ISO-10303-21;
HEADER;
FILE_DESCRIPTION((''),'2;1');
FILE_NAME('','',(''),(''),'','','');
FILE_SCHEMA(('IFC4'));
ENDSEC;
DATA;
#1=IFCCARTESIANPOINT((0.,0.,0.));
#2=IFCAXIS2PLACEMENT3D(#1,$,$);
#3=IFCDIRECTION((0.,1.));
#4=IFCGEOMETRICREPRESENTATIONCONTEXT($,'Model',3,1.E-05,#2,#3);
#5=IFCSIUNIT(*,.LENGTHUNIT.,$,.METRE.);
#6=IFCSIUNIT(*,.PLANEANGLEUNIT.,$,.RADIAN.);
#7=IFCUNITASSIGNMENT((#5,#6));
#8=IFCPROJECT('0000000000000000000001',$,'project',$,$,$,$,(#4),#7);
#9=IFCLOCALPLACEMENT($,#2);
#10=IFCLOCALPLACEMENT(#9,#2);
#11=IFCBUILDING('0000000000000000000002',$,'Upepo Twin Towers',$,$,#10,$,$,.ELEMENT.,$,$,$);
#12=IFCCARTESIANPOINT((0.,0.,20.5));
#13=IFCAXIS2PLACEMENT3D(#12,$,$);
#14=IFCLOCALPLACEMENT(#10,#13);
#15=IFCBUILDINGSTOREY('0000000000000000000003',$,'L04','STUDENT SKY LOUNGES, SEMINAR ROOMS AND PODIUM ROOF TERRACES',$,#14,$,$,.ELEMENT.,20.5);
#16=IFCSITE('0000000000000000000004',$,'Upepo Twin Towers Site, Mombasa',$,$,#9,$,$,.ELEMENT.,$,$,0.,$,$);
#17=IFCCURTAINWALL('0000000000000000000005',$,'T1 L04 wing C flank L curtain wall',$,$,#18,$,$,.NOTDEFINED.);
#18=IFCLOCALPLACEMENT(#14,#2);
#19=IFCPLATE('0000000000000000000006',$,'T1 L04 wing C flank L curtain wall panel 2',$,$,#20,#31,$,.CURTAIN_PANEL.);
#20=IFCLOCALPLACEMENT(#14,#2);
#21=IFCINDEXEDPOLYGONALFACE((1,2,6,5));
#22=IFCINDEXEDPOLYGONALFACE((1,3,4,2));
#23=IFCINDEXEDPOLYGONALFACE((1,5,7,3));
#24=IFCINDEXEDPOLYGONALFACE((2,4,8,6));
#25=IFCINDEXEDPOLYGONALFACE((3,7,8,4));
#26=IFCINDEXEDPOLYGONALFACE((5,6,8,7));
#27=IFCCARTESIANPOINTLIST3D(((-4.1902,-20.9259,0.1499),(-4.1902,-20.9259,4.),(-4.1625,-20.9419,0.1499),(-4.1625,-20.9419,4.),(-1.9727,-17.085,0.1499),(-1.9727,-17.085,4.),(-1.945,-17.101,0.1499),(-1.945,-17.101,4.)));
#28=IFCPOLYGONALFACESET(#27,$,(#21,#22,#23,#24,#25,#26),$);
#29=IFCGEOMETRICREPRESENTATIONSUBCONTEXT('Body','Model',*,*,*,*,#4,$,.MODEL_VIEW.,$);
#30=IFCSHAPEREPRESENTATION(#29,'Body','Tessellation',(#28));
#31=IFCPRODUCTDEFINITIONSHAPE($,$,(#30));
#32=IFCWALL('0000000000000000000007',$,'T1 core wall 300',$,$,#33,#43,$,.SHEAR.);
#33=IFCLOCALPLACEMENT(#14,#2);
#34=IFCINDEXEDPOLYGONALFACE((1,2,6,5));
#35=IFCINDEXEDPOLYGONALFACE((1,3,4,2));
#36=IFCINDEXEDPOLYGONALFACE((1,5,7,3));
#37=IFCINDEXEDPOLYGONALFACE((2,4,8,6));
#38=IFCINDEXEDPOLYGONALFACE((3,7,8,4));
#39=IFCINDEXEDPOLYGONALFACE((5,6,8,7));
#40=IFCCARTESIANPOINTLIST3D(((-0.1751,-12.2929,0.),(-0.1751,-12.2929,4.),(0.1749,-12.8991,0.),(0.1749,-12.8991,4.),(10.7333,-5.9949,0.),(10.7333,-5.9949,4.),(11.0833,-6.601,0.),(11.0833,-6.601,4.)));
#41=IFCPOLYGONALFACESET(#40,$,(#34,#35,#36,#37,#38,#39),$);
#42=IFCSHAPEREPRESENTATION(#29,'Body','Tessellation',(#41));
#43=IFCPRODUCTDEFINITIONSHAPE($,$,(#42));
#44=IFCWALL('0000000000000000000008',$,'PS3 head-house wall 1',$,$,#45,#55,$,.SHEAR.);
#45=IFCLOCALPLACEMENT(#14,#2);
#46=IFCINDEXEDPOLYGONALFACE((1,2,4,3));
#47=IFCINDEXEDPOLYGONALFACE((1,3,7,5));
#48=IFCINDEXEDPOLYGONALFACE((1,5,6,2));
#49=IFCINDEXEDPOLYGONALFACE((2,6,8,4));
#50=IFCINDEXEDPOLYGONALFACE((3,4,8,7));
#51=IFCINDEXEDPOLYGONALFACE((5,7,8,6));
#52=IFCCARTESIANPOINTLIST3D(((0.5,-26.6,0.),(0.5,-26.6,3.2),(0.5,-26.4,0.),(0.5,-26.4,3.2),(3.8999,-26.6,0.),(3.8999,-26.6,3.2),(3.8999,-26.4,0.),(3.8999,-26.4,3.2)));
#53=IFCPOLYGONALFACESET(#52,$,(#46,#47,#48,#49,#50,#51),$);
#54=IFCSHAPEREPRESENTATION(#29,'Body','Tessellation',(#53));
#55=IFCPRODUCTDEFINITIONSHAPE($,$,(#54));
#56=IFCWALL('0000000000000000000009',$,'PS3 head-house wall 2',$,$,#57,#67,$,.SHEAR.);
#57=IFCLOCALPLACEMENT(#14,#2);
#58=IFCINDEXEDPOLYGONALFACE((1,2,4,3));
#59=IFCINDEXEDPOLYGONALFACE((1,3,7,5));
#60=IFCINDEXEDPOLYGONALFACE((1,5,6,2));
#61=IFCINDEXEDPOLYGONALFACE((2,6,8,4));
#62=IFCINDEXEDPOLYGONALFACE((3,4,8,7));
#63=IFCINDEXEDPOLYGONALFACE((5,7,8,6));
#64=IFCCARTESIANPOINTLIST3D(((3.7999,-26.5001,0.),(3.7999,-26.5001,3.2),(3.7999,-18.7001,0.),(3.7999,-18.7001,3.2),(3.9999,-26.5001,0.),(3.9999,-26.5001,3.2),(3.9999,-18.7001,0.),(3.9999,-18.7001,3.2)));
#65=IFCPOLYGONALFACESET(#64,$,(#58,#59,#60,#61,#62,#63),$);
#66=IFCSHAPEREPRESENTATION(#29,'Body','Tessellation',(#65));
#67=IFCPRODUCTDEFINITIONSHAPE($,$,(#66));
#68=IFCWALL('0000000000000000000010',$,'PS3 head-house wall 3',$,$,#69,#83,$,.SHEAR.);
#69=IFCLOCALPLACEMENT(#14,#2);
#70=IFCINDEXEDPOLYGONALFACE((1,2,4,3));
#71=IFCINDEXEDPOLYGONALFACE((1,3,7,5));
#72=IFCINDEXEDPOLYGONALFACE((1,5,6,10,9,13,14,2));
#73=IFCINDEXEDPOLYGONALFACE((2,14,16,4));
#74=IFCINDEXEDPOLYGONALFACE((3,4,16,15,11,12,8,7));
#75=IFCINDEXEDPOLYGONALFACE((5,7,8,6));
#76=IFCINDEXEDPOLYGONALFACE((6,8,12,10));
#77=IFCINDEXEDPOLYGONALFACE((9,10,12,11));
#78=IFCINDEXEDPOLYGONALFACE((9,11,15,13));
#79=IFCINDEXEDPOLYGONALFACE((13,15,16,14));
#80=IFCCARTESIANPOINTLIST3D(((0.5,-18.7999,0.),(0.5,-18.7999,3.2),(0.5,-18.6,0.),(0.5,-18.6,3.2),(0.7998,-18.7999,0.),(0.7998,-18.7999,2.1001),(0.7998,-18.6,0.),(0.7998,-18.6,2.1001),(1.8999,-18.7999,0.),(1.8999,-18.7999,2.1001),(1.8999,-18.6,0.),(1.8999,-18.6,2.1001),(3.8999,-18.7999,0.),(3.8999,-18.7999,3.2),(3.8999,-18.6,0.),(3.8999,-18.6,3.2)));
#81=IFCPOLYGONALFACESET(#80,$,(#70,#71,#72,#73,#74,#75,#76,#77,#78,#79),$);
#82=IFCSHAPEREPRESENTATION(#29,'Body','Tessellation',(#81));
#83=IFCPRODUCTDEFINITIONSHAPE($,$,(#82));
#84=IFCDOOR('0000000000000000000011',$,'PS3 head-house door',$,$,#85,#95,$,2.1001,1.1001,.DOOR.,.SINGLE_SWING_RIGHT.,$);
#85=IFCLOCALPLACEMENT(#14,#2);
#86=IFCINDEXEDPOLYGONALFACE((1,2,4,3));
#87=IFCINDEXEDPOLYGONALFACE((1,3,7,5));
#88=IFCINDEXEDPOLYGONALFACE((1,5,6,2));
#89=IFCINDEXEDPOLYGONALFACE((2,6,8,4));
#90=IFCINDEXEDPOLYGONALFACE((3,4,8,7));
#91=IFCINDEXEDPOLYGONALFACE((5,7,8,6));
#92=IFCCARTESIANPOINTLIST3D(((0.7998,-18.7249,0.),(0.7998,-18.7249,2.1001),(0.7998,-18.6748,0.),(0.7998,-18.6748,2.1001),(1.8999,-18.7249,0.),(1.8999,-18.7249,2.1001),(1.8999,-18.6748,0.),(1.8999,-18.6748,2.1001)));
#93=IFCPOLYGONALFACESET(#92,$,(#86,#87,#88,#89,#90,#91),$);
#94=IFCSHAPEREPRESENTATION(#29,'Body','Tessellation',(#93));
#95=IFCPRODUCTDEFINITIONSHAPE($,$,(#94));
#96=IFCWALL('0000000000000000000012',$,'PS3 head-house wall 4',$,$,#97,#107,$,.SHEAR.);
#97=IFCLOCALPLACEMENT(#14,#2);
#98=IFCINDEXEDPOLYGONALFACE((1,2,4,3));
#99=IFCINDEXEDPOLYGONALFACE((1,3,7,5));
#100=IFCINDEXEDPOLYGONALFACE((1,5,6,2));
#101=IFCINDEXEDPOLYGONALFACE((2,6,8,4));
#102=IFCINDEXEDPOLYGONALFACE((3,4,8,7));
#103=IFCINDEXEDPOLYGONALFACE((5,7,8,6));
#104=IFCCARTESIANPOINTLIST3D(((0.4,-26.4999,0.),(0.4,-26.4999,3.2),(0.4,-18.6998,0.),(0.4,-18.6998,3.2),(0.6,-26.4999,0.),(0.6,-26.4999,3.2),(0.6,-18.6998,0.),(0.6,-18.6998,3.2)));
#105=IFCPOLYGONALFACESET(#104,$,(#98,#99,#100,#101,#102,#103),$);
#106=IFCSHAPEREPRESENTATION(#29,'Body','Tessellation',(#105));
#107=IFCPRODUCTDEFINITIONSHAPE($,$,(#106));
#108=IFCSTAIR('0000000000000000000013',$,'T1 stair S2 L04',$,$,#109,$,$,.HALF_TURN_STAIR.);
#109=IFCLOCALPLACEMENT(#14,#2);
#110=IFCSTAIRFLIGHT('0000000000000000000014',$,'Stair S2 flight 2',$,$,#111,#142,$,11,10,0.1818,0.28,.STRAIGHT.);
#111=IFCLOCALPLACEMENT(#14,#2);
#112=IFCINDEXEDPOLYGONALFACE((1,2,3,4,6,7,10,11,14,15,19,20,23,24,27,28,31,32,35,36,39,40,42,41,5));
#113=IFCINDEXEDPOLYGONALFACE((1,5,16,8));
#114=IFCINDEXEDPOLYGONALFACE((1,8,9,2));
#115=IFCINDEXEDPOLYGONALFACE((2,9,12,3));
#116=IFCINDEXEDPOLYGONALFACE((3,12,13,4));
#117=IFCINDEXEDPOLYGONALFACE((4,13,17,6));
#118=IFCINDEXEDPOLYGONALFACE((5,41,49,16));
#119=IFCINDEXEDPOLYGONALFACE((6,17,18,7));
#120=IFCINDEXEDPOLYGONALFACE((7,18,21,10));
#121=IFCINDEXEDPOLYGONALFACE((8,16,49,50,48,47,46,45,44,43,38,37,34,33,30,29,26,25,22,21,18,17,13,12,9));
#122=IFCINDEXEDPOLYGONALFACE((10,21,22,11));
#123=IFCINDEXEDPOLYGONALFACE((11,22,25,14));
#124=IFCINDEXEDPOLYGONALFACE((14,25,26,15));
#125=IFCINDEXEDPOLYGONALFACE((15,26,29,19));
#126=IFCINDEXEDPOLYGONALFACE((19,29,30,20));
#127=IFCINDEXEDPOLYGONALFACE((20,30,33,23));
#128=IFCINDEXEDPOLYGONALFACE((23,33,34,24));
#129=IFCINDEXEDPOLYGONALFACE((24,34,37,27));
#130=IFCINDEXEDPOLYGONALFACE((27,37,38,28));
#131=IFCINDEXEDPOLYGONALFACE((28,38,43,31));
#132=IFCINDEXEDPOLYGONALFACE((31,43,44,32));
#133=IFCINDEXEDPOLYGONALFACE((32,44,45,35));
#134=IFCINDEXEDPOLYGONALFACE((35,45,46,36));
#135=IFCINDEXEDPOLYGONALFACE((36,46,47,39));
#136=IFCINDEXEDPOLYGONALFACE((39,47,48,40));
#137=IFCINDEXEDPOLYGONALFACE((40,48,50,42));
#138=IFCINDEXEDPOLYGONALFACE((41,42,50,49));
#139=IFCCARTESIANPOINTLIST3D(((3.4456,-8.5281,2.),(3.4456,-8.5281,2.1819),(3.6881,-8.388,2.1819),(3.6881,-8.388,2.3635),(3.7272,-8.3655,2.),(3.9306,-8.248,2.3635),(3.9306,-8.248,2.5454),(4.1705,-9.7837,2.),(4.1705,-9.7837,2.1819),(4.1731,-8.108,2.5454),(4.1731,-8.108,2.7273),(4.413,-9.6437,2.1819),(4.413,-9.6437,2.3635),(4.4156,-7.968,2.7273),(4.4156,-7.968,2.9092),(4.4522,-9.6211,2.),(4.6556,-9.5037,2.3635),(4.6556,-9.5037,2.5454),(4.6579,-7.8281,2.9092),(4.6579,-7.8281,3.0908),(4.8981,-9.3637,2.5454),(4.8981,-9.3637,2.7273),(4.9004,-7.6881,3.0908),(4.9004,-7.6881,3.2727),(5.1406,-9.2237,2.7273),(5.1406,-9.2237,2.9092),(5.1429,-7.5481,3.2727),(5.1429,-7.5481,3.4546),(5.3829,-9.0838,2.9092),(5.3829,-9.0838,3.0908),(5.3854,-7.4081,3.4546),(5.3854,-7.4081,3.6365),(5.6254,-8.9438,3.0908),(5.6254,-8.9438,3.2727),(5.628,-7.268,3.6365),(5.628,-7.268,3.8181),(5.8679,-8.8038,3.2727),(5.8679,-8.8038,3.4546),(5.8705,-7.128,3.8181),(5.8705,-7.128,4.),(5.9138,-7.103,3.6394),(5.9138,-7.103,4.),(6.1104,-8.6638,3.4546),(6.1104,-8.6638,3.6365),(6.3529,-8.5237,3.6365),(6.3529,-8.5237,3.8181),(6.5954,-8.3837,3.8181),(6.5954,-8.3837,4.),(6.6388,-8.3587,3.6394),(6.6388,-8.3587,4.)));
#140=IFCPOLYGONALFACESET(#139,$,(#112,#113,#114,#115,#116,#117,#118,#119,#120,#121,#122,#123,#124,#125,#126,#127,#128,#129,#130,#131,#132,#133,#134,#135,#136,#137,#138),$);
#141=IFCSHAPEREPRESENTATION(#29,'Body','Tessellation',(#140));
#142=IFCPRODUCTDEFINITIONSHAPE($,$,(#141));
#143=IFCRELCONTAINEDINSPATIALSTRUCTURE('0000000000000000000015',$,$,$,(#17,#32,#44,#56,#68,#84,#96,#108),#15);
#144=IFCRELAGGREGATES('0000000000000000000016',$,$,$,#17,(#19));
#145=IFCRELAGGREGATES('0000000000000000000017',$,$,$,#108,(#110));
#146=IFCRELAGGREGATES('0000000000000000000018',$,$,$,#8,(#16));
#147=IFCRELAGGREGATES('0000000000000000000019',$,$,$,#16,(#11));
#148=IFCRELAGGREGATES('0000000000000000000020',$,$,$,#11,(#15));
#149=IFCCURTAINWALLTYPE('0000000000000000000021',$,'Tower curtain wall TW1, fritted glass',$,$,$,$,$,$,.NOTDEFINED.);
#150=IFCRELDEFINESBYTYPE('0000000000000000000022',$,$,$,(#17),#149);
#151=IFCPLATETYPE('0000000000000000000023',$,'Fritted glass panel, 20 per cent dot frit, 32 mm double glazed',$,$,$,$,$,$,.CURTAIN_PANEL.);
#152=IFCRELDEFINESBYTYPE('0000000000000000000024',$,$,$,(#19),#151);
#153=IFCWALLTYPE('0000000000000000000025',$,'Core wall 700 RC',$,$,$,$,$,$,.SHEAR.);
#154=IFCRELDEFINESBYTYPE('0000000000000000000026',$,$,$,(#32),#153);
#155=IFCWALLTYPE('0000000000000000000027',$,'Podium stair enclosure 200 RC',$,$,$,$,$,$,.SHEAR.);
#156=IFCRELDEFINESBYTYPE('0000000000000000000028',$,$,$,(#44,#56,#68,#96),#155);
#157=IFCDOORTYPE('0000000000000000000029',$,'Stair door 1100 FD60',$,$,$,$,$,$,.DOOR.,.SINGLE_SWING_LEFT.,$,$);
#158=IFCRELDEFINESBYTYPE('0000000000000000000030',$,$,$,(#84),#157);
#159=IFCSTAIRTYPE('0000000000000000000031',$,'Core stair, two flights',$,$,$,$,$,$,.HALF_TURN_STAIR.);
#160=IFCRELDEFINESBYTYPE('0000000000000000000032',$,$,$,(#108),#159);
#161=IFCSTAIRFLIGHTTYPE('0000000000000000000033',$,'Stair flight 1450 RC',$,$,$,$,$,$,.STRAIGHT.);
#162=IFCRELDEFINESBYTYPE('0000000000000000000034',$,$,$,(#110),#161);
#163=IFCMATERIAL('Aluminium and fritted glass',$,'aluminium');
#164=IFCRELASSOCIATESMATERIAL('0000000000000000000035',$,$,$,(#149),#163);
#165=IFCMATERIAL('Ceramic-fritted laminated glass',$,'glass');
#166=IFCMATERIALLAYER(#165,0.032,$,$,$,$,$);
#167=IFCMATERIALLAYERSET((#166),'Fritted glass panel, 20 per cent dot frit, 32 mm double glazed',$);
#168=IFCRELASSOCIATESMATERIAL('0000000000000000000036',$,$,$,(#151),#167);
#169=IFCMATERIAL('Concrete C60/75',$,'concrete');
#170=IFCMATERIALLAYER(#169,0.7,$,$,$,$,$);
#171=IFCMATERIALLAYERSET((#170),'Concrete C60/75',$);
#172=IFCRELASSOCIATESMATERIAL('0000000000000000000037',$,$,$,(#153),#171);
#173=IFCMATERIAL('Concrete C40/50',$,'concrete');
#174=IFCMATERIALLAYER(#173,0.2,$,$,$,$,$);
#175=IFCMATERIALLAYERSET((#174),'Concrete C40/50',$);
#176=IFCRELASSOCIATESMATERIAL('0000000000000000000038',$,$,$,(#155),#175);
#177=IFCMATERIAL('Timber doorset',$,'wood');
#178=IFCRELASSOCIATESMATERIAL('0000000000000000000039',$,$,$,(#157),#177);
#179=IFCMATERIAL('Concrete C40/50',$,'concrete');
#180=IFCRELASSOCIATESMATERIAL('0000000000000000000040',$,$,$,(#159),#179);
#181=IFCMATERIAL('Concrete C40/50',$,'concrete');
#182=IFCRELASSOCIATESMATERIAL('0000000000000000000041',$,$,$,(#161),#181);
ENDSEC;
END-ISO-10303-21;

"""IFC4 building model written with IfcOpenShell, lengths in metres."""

from ifc_helpers import new_model, si_unit, direction, frame, frame_2d, origin, origin_2d, place, context, subcontext, project, spatial, polyline, rectangle, outline, extrude, material, layer, layer_set, type_object, element, fill, aggregate, save


model = new_model("IFC4")

# Units and contexts
model_context = context("Model", 3, precision=1e-05, world=origin(), true_north=direction((0.0, 1.0)))
body_context = subcontext(model_context, "Body", "Model", "MODEL_VIEW")
ifc_project = project(units=[si_unit("LENGTHUNIT", "METRE"), si_unit("PLANEANGLEUNIT", "RADIAN")], contexts=[model_context])

# Site, building, storey
site_placement = place(None, origin())
site = spatial("IfcSite", under=ifc_project, at=site_placement, Name="Upepo Twin Towers Site, Mombasa", CompositionType="ELEMENT", RefElevation=0.0)
building_placement = place(site_placement, origin())
building = spatial("IfcBuilding", under=site, at=building_placement, Name="Upepo Twin Towers", CompositionType="ELEMENT")
storey_placement = place(building_placement, frame((0.0, 0.0, 20.5)))
storey = spatial("IfcBuildingStorey", under=building, at=storey_placement, Name="L04", Description="STUDENT SKY LOUNGES, SEMINAR ROOMS AND PODIUM ROOF TERRACES", CompositionType="ELEMENT", Elevation=20.5)

# Curtain wall, plate
ifc_material_1 = material(Name="Aluminium and fritted glass", Category="aluminium")
curtain_wall_type = type_object("IfcCurtainWallType", Name="Tower curtain wall TW1, fritted glass", PredefinedType="NOTDEFINED", material=ifc_material_1)
curtain_wall_placement = place(storey_placement, origin())
curtain_wall = element("IfcCurtainWall", 1, at=curtain_wall_placement, inside=storey, type_object=curtain_wall_type, Name="T1 L04 wing C flank L curtain wall", PredefinedType="NOTDEFINED")
ifc_material_2 = material(Name="Ceramic-fritted laminated glass", Category="glass")
ifc_layer_1 = layer(ifc_material_2, 0.032)
ifc_layer_set_1 = layer_set([ifc_layer_1], Name="Fritted glass panel, 20 per cent dot frit, 32 mm double glazed")
plate_type = type_object("IfcPlateType", Name="Fritted glass panel, 20 per cent dot frit, 32 mm double glazed", PredefinedType="CURTAIN_PANEL", material=ifc_layer_set_1)
plate_1_placement = place(storey_placement, frame((-3.0676, -19.0134, 0.1499), z_axis=(0.0, 0.0, 1.0), x_axis=(-0.5, -0.866025, 0.0)))
plate_1 = element("IfcPlate", 2, at=plate_1_placement, type_object=plate_type, Name="T1 L04 wing C flank L curtain wall panel 2", PredefinedType="CURTAIN_PANEL", context=body_context, shape_type="SweptSolid", body=[
    extrude(rectangle(XDim=4.4351, YDim=0.032, at=origin_2d()), origin(), (0.0, 0.0, 1.0), 3.8501),
])
aggregate(curtain_wall, [plate_1])

# Walls
ifc_material_3 = material(Name="Concrete C60/75", Category="concrete")
ifc_layer_2 = layer(ifc_material_3, 0.7)
ifc_layer_set_2 = layer_set([ifc_layer_2], Name="Concrete C60/75")
wall_type_1 = type_object("IfcWallType", Name="Core wall 700 RC", PredefinedType="SHEAR", material=ifc_layer_set_2)
wall_1_placement = place(storey_placement, frame((0.0, -12.5959, 0.0), z_axis=(0.0, 0.0, 1.0), x_axis=(0.866022, 0.500006, 0.0)))
element("IfcWall", 3, at=wall_1_placement, inside=storey, type_object=wall_type_1, Name="T1 core wall 300", PredefinedType="SHEAR", context=body_context, shape_type="SweptSolid", body=[
    extrude(rectangle(XDim=12.5959, YDim=0.7, at=frame_2d((6.2979, 0.0))), origin(), (0.0, 0.0, 1.0), 4.0),
])
ifc_material_4 = material(Name="Concrete C40/50", Category="concrete")
ifc_layer_3 = layer(ifc_material_4, 0.2)
ifc_layer_set_3 = layer_set([ifc_layer_3], Name="Concrete C40/50")
wall_type_2 = type_object("IfcWallType", Name="Podium stair enclosure 200 RC", PredefinedType="SHEAR", material=ifc_layer_set_3)
wall_2_placement = place(storey_placement, frame((0.5, -26.5, 0.0), z_axis=(0.0, 0.0, 1.0), x_axis=(1.0, 0.0, 0.0)))
element("IfcWall", 4, at=wall_2_placement, inside=storey, type_object=wall_type_2, Name="PS3 head-house wall 1", PredefinedType="SHEAR", context=body_context, shape_type="SweptSolid", body=[
    extrude(rectangle(XDim=3.3999, YDim=0.2, at=frame_2d((1.7, 0.0))), origin(), (0.0, 0.0, 1.0), 3.2),
])
wall_3_placement = place(storey_placement, frame((3.8999, -26.5, 0.0), z_axis=(0.0, 0.0, 1.0), x_axis=(0.0, 1.0, 0.0)))
element("IfcWall", 5, at=wall_3_placement, inside=storey, type_object=wall_type_2, Name="PS3 head-house wall 2", PredefinedType="SHEAR", context=body_context, shape_type="SweptSolid", body=[
    extrude(rectangle(XDim=7.8, YDim=0.2, at=frame_2d((3.8999, 0.0))), origin(), (0.0, 0.0, 1.0), 3.2),
])

# Wall, opening, door
wall_4_placement = place(storey_placement, frame((3.8999, -18.7, 0.0), z_axis=(0.0, 0.0, 1.0), x_axis=(-1.0, 0.0, 0.0)))
wall_4 = element("IfcWall", 6, at=wall_4_placement, inside=storey, type_object=wall_type_2, Name="PS3 head-house wall 3", PredefinedType="SHEAR", context=body_context, shape_type="SweptSolid", body=[
    extrude(rectangle(XDim=3.3999, YDim=0.2, at=frame_2d((1.7, 0.0))), origin(), (0.0, 0.0, 1.0), 3.2),
])
opening_placement = place(wall_4_placement, frame((2.0, 0.0, 0.0)))
opening = element("IfcOpeningElement", 7, at=opening_placement, cuts=wall_4, PredefinedType="OPENING", context=body_context, shape_type="SweptSolid", body=[
    extrude(rectangle(XDim=1.1001, YDim=2.1001, at=frame_2d((0.55, 1.05))), frame((0.0, 0.1099, 0.0), z_axis=(0.0, -1.0, 0.0), x_axis=(1.0, 0.0, 0.0)), (0.0, 0.0, 1.0), 0.22),
])
ifc_material_5 = material(Name="Timber doorset", Category="wood")
door_type = type_object("IfcDoorType", Name="Stair door 1100 FD60", OperationType="SINGLE_SWING_LEFT", PredefinedType="DOOR", material=ifc_material_5)
door_placement = place(opening_placement, origin())
door = element("IfcDoor", 8, at=door_placement, inside=storey, type_object=door_type, Name="PS3 head-house door", OperationType="SINGLE_SWING_RIGHT", OverallHeight=2.1001, OverallWidth=1.1001, PredefinedType="DOOR", context=body_context, shape_type="SweptSolid", body=[
    extrude(rectangle(XDim=1.1001, YDim=2.1001, at=frame_2d((0.55, 1.05))), frame((0.0, 0.0249, 0.0), z_axis=(0.0, -1.0, 0.0), x_axis=(1.0, 0.0, 0.0)), (0.0, 0.0, 1.0), 0.05),
])
fill(opening, door)

# Wall
wall_5_placement = place(storey_placement, frame((0.5, -18.7, 0.0), z_axis=(0.0, 0.0, 1.0), x_axis=(0.0, -1.0, 0.0)))
element("IfcWall", 9, at=wall_5_placement, inside=storey, type_object=wall_type_2, Name="PS3 head-house wall 4", PredefinedType="SHEAR", context=body_context, shape_type="SweptSolid", body=[
    extrude(rectangle(XDim=7.8, YDim=0.2, at=frame_2d((3.8999, 0.0))), origin(), (0.0, 0.0, 1.0), 3.2),
])

# Stair, stair flight
ifc_material_6 = material(Name="Concrete C40/50", Category="concrete")
stair_type = type_object("IfcStairType", Name="Core stair, two flights", PredefinedType="HALF_TURN_STAIR", material=ifc_material_6)
stair_placement = place(storey_placement, origin())
stair = element("IfcStair", 10, at=stair_placement, inside=storey, type_object=stair_type, Name="T1 stair S2 L04", PredefinedType="HALF_TURN_STAIR")
ifc_material_7 = material(Name="Concrete C40/50", Category="concrete")
stair_flight_type = type_object("IfcStairFlightType", Name="Stair flight 1450 RC", PredefinedType="STRAIGHT", material=ifc_material_7)
stair_flight_placement = place(storey_placement, frame((3.8081, -9.156, 2.0), z_axis=(0.0, 0.0, 1.0), x_axis=(0.866025, 0.5, 0.0)))
stair_flight = element("IfcStairFlight", 11, at=stair_flight_placement, type_object=stair_flight_type, Name="Stair S2 flight 2", NumberOfRisers=11, NumberOfTreads=10, PredefinedType="STRAIGHT", RiserHeight=0.1818, TreadLength=0.28, context=body_context, shape_type="SweptSolid", body=[
    extrude(outline(polyline([(0.0, 0.0), (0.0, 0.1819), (0.28, 0.1819), (0.28, 0.3635), (0.5601, 0.3635), (0.5601, 0.5454), (0.8401, 0.5454), (0.8401, 0.7273), (1.1201, 0.7273), (1.1201, 0.9092), (1.3999, 0.9092), (1.3999, 1.0908), (1.6799, 1.0908), (1.6799, 1.2727), (1.96, 1.2727), (1.96, 1.4546), (2.24, 1.4546), (2.24, 1.6365), (2.52, 1.6365), (2.52, 1.8181), (2.8, 1.8181), (2.8, 2.0), (2.8501, 2.0), (2.8501, 1.6394), (0.3252, 0.0), (0.0, 0.0)])), frame((0.0, 0.7251, 0.0), z_axis=(0.0, -1.0, 0.0), x_axis=(1.0, 0.0, 0.0)), (0.0, 0.0, 1.0), 1.45),
])
aggregate(stair, [stair_flight])

save(model, "model.ifc")
